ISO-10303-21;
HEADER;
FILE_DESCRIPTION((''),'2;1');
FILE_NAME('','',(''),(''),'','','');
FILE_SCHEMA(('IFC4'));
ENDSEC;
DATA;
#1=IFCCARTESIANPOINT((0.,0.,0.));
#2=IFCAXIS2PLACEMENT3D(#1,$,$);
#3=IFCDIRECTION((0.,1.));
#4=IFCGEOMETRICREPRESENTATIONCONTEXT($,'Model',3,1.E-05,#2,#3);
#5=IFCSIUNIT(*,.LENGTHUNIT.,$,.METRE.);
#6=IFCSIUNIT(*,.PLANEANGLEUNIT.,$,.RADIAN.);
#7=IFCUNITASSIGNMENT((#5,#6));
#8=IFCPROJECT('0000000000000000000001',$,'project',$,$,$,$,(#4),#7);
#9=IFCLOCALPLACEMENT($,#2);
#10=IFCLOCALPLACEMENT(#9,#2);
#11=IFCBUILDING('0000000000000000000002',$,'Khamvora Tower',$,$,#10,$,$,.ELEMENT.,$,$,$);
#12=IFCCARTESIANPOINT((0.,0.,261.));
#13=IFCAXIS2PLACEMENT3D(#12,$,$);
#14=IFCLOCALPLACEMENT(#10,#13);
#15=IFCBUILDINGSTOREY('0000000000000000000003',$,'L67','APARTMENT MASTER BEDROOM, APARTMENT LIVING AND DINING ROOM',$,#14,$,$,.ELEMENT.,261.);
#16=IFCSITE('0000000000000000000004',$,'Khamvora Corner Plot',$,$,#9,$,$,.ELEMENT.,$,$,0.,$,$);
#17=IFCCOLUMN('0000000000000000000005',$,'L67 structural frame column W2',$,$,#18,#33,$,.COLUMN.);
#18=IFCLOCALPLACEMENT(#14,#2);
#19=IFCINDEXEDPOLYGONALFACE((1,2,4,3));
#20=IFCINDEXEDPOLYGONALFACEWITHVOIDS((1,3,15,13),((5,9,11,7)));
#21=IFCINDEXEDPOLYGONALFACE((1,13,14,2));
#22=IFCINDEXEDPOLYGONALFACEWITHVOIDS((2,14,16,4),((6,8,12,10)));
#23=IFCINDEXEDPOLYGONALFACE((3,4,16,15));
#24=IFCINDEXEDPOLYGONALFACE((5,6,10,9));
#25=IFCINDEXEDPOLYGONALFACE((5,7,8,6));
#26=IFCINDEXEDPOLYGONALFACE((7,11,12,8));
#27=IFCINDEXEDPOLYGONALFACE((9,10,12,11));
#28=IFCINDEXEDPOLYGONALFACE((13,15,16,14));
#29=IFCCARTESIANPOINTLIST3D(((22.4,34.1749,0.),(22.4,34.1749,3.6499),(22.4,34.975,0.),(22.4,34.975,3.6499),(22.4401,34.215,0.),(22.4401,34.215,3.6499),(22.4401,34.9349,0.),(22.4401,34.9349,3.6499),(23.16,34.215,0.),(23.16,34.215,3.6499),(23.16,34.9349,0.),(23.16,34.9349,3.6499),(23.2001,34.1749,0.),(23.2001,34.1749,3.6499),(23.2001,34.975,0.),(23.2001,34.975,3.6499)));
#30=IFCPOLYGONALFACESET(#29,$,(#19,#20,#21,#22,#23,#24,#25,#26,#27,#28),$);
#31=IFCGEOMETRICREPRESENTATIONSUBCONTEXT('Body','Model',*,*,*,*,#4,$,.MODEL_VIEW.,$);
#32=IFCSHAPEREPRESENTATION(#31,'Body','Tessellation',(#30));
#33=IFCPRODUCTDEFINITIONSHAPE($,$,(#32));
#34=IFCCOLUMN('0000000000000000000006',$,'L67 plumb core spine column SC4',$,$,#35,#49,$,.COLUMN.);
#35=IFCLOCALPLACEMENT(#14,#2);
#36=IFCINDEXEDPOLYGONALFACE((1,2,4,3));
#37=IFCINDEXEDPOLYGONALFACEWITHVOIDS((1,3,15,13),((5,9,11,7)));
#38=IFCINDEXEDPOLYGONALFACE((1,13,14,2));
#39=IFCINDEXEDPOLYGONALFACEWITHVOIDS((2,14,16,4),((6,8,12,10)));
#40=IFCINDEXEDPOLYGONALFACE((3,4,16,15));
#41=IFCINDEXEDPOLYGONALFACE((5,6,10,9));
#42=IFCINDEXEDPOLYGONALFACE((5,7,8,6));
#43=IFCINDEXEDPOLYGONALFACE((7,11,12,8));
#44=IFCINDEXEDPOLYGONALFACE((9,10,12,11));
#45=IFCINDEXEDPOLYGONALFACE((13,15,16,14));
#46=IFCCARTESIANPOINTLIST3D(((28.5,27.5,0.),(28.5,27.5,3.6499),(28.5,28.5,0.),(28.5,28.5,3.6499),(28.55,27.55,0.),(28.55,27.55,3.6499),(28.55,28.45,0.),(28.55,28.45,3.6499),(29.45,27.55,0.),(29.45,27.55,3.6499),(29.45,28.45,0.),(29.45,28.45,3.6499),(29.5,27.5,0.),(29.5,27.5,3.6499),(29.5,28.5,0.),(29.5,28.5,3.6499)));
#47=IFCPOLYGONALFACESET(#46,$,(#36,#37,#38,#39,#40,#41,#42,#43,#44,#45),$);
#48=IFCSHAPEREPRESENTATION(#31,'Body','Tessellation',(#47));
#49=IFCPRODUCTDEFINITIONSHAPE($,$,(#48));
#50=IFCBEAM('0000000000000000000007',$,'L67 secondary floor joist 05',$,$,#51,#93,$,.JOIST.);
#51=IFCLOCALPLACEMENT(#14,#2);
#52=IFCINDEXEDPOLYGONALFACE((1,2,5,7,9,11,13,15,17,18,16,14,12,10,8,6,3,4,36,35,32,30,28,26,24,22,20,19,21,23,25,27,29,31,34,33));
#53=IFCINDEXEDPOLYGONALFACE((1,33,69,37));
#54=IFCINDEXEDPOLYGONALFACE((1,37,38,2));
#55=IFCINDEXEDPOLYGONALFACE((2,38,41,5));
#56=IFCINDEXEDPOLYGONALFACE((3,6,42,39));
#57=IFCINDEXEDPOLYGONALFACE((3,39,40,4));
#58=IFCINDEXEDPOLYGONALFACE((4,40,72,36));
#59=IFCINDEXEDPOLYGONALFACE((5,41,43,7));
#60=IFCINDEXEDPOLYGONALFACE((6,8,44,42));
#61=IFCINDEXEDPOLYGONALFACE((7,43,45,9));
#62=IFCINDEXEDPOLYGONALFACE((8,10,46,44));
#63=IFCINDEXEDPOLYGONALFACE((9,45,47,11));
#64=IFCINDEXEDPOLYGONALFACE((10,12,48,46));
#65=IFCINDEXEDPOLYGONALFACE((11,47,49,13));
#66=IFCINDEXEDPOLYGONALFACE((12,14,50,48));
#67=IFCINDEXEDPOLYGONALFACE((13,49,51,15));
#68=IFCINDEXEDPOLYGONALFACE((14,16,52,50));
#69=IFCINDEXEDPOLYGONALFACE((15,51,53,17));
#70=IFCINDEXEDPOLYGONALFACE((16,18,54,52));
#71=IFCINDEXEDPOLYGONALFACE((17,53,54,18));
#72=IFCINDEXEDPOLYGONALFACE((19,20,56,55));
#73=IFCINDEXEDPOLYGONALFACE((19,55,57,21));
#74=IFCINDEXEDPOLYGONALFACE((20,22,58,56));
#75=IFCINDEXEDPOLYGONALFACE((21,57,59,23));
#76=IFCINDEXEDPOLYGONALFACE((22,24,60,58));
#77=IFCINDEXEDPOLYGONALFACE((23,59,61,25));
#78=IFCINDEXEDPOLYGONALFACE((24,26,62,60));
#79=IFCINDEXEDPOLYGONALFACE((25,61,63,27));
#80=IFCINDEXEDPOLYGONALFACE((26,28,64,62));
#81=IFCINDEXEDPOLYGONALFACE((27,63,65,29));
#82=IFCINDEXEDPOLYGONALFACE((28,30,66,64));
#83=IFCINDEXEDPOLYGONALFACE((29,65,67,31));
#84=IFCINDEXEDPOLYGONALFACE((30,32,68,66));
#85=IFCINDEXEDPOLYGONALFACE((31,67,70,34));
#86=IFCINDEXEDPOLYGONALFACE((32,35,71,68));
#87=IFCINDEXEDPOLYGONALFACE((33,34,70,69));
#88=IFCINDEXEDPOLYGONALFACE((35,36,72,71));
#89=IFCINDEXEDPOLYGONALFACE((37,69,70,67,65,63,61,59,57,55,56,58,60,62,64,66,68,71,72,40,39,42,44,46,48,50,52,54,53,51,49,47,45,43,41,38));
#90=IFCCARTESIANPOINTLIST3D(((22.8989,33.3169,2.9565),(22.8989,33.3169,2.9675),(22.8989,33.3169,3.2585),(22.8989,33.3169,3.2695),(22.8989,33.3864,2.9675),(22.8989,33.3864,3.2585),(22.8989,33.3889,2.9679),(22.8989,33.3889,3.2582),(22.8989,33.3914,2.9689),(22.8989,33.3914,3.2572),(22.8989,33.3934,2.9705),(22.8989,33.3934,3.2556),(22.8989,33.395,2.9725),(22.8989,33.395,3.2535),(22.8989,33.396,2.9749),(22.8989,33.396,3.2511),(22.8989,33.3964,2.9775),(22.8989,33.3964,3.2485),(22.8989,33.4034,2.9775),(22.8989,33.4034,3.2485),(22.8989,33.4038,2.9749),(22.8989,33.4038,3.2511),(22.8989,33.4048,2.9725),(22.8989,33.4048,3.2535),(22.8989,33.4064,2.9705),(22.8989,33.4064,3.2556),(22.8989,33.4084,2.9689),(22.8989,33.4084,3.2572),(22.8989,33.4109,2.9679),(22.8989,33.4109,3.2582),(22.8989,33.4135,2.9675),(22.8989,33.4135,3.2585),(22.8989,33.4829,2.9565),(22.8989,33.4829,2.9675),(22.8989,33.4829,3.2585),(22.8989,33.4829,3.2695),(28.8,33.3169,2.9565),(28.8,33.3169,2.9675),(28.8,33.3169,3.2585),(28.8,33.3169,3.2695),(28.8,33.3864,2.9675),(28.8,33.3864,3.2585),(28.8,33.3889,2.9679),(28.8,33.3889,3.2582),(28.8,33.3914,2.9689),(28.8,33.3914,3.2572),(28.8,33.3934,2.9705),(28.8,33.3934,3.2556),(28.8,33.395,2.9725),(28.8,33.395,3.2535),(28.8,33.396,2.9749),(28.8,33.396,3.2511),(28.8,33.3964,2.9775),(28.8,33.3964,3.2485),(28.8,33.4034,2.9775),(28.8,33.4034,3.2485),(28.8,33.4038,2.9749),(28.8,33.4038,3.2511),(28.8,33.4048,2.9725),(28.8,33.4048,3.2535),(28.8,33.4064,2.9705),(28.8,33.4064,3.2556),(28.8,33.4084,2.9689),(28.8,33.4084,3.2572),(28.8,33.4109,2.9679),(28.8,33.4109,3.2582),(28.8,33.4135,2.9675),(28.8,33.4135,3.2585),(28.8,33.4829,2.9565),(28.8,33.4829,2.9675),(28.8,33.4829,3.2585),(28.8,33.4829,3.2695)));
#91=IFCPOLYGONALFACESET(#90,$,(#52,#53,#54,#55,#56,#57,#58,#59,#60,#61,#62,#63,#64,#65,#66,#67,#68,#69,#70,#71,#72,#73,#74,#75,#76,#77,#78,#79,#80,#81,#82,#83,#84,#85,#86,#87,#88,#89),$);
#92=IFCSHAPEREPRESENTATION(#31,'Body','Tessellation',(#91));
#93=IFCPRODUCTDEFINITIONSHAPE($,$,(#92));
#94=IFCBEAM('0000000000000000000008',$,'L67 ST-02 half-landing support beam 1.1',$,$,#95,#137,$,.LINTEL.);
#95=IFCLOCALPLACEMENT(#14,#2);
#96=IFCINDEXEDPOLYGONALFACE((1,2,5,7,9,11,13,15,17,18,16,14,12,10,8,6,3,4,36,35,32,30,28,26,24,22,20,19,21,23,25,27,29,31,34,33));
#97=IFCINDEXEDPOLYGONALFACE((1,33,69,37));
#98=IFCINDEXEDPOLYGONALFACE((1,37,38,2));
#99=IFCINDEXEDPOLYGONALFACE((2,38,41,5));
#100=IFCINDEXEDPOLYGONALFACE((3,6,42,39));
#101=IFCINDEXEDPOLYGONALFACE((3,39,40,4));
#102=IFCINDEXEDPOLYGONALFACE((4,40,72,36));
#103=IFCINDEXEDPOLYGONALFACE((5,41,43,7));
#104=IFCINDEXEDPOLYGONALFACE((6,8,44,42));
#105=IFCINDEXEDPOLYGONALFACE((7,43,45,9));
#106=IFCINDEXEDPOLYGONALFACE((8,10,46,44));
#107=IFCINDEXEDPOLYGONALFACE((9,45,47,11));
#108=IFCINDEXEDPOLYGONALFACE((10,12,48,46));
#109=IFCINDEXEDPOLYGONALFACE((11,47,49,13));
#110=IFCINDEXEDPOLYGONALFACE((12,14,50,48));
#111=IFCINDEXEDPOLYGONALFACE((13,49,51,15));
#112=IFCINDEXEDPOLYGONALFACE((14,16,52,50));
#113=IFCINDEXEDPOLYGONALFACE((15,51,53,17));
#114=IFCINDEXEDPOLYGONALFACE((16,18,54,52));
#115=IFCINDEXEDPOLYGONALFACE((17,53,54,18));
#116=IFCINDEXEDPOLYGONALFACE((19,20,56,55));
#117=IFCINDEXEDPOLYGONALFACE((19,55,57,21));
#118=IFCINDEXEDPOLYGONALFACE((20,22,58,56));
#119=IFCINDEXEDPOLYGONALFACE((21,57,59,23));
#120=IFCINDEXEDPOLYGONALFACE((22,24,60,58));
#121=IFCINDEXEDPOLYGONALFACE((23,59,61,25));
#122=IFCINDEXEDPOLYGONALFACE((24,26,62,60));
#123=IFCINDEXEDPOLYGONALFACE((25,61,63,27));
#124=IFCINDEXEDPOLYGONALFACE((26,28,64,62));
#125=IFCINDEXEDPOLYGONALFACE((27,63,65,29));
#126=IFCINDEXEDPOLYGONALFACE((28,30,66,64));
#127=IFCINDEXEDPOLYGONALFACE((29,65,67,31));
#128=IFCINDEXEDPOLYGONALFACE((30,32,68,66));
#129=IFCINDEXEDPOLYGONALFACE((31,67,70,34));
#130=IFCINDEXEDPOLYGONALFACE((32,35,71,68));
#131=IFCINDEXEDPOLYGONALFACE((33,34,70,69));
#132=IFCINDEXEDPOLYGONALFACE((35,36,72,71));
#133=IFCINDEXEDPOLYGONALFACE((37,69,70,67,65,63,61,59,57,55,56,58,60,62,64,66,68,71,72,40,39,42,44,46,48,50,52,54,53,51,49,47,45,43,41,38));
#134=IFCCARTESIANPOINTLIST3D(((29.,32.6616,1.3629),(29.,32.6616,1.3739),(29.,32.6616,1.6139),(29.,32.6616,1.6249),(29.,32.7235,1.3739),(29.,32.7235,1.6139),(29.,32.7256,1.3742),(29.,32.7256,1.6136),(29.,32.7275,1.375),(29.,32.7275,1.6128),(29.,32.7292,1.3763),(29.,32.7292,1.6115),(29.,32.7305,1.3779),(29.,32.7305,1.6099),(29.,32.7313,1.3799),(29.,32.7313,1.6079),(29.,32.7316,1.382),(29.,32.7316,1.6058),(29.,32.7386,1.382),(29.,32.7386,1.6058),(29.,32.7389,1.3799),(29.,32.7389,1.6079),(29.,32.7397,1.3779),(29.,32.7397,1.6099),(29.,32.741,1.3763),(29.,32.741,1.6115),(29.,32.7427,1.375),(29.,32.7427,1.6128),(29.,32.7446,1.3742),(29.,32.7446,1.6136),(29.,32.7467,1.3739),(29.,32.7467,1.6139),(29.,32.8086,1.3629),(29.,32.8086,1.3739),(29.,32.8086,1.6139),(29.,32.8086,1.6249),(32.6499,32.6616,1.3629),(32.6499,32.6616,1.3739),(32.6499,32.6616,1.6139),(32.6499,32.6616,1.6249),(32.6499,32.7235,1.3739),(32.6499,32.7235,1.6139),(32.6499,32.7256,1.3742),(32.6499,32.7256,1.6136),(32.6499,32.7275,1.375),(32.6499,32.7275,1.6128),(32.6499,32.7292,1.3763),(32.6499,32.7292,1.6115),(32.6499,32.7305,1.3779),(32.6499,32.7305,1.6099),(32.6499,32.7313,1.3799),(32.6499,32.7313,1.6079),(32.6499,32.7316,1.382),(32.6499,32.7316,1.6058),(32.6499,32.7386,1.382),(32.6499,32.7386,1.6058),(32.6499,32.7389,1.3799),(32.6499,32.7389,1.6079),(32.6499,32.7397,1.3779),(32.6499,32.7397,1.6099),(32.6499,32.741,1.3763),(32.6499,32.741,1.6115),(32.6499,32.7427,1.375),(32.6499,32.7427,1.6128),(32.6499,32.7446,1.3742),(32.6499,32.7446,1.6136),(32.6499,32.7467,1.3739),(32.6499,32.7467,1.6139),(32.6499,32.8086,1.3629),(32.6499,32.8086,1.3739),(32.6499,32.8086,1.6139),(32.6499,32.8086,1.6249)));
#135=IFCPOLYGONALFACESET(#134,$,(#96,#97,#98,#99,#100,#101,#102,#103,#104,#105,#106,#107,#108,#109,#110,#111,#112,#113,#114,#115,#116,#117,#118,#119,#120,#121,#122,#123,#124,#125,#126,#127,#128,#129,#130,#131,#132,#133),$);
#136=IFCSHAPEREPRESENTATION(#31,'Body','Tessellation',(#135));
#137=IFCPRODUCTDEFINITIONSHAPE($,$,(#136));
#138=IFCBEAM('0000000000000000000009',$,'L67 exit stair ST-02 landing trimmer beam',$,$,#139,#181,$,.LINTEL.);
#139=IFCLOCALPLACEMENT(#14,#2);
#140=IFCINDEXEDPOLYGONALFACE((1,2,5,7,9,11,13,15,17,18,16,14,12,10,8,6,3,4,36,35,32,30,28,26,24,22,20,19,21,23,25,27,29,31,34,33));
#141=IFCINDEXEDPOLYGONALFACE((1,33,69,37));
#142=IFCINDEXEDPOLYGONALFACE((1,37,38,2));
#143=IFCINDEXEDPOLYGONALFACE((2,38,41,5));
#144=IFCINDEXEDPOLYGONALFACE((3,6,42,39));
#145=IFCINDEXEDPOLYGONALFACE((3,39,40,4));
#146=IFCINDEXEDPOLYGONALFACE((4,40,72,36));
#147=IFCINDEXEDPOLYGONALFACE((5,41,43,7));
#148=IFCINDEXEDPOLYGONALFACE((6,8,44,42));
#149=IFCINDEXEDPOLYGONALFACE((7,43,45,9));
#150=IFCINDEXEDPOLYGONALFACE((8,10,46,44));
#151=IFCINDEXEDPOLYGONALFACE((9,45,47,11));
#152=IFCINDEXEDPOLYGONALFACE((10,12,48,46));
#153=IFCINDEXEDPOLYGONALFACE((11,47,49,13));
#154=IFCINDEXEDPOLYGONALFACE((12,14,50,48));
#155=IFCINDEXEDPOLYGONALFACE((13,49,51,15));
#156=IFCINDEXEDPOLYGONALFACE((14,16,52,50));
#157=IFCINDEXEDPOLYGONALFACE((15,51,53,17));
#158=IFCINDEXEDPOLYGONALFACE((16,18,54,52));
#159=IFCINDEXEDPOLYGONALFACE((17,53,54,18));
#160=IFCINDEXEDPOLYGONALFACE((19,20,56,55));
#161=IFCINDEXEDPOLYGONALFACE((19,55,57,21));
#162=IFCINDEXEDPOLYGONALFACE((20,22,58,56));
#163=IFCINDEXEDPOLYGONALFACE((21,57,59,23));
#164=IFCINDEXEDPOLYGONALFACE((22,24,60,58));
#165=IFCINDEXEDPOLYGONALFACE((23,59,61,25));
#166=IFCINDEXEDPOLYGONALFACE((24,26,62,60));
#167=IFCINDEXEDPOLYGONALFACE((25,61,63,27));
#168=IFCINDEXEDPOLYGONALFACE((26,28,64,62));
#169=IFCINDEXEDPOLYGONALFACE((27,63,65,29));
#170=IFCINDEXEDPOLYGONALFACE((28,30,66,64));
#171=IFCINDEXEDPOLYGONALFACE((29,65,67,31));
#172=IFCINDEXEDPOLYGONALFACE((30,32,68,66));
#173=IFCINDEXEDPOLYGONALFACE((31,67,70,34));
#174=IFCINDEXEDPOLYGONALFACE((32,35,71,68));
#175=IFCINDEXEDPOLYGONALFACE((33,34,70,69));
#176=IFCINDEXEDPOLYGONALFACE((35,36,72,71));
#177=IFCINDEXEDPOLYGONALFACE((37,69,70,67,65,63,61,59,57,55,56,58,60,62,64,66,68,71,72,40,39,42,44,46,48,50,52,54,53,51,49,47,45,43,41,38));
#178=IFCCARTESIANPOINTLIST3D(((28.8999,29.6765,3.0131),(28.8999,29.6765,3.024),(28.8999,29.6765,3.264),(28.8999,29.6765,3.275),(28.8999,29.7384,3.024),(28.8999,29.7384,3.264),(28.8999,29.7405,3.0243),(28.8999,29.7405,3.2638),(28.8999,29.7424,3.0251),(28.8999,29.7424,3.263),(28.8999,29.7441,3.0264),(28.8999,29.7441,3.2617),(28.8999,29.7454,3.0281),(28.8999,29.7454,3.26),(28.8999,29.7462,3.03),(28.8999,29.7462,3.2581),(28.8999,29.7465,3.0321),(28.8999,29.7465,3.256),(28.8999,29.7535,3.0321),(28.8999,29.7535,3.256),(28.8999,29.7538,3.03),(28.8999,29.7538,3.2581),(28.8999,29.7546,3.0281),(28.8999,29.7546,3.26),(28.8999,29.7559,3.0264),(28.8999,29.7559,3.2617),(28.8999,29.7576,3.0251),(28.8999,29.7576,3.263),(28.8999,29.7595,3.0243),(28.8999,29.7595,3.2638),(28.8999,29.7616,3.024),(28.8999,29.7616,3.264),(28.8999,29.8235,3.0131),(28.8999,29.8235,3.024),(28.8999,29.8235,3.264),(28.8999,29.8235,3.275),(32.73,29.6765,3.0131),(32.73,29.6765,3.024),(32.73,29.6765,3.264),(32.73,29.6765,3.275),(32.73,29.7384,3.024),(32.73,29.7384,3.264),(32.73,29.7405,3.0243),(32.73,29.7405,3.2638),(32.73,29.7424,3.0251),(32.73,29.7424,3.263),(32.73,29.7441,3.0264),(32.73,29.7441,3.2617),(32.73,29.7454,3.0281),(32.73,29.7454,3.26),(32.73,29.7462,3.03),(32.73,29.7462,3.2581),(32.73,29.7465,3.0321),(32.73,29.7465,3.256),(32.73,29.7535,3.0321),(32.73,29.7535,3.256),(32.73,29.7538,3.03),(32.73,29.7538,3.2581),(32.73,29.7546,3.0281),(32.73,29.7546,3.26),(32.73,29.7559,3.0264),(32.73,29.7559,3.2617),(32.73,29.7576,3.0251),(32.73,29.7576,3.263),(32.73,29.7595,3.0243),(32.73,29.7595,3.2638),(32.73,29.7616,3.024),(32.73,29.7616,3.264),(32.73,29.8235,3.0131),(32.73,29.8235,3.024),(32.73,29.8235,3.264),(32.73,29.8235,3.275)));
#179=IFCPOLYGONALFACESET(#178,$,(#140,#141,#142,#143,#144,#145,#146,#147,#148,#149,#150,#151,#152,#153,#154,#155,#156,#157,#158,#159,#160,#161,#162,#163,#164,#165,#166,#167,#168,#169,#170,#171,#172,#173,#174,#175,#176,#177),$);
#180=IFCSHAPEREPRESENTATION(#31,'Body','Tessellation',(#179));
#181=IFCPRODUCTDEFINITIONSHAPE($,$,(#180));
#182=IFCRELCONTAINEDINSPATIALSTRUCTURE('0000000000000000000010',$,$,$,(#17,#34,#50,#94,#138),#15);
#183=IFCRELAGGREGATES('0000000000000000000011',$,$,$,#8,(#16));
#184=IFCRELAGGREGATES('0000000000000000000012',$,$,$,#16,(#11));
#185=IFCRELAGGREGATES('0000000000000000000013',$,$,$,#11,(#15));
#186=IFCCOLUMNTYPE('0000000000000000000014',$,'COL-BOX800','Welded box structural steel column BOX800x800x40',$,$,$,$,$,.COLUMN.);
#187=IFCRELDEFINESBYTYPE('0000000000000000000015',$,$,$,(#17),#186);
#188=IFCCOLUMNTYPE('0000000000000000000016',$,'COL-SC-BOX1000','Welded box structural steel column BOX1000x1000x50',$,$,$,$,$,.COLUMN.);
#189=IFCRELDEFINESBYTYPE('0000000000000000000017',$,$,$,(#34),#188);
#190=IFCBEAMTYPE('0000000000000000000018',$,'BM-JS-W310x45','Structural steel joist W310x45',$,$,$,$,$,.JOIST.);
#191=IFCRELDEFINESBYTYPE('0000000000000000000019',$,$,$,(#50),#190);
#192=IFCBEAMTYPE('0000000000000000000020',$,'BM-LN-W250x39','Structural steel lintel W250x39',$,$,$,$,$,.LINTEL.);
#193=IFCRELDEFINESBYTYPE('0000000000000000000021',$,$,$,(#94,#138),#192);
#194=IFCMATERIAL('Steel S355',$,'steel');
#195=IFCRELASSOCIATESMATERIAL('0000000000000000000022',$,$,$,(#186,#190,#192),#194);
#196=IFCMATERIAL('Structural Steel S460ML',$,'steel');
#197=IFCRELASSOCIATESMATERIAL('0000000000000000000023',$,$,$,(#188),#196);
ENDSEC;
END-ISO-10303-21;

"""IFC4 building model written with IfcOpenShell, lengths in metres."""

from ifc_helpers import new_model, si_unit, direction, frame, origin, origin_2d, place, context, subcontext, project, spatial, hollow_rectangle, i_section, extrude, material, material_profile, profile_set, type_object, element, save


model = new_model("IFC4")

# Units and contexts
model_context = context("Model", 3, precision=1e-05, world=origin(), true_north=direction((0.0, 1.0)))
body_context = subcontext(model_context, "Body", "Model", "MODEL_VIEW")
ifc_project = project(units=[si_unit("LENGTHUNIT", "METRE"), si_unit("PLANEANGLEUNIT", "RADIAN")], contexts=[model_context])

# Site, building, storey
site_placement = place(None, origin())
site = spatial("IfcSite", under=ifc_project, at=site_placement, Name="Khamvora Corner Plot", CompositionType="ELEMENT", RefElevation=0.0)
building_placement = place(site_placement, origin())
building = spatial("IfcBuilding", under=site, at=building_placement, Name="Khamvora Tower", CompositionType="ELEMENT")
storey_placement = place(building_placement, frame((0.0, 0.0, 261.0)))
storey = spatial("IfcBuildingStorey", under=building, at=storey_placement, Name="L67", Description="APARTMENT MASTER BEDROOM, APARTMENT LIVING AND DINING ROOM", CompositionType="ELEMENT", Elevation=261.0)

# Columns
ifc_material_1 = material(Name="Steel S355", Category="steel")
ifc_material_profile_1 = material_profile(ifc_material_1, hollow_rectangle(XDim=0.8, YDim=0.8, WallThickness=0.04, at=origin_2d()), Name="BOX800x800x40")
ifc_profile_set_1 = profile_set([ifc_material_profile_1], Name="Steel S355")
column_type_1 = type_object("IfcColumnType", Name="COL-BOX800", Description="Welded box structural steel column BOX800x800x40", PredefinedType="COLUMN", material=ifc_profile_set_1)
column_1_placement = place(storey_placement, frame((22.8, 34.575, 0.0), z_axis=(0.0, 0.0, 1.0), x_axis=(1.0, 0.0, 0.0)))
element("IfcColumn", 1, at=column_1_placement, inside=storey, type_object=column_type_1, Name="L67 structural frame column W2", PredefinedType="COLUMN", context=body_context, shape_type="SweptSolid", body=[
    extrude(hollow_rectangle(XDim=0.8, YDim=0.8, WallThickness=0.04, at=origin_2d()), origin(), (0.0, 0.0, 1.0), 3.6499),
])
ifc_material_2 = material(Name="Structural Steel S460ML", Category="steel")
ifc_material_profile_2 = material_profile(ifc_material_2, hollow_rectangle(XDim=1.0, YDim=1.0, WallThickness=0.05, at=origin_2d()), Name="BOX1000x1000x50")
ifc_profile_set_2 = profile_set([ifc_material_profile_2], Name="Structural Steel S460ML")
column_type_2 = type_object("IfcColumnType", Name="COL-SC-BOX1000", Description="Welded box structural steel column BOX1000x1000x50", PredefinedType="COLUMN", material=ifc_profile_set_2)
column_2_placement = place(storey_placement, frame((29.0, 28.0, 0.0), z_axis=(0.0, 0.0, 1.0), x_axis=(1.0, 0.0, 0.0)))
element("IfcColumn", 2, at=column_2_placement, inside=storey, type_object=column_type_2, Name="L67 plumb core spine column SC4", PredefinedType="COLUMN", context=body_context, shape_type="SweptSolid", body=[
    extrude(hollow_rectangle(XDim=1.0, YDim=1.0, WallThickness=0.05, at=origin_2d()), origin(), (0.0, 0.0, 1.0), 3.6499),
])

# Beams
ifc_material_profile_3 = material_profile(ifc_material_1, i_section(OverallWidth=0.166, OverallDepth=0.313, WebThickness=0.0071, FlangeThickness=0.011, FilletRadius=0.01, at=origin_2d()), Name="W310x45")
ifc_profile_set_3 = profile_set([ifc_material_profile_3], Name="Steel S355")
beam_type_1 = type_object("IfcBeamType", Name="BM-JS-W310x45", Description="Structural steel joist W310x45", PredefinedType="JOIST", material=ifc_profile_set_3)
beam_1_placement = place(storey_placement, frame((22.8989, 33.3999, 3.113), z_axis=(1.0, 0.0, 0.0), x_axis=(0.0, 1.0, 0.0)))
element("IfcBeam", 3, at=beam_1_placement, inside=storey, type_object=beam_type_1, Name="L67 secondary floor joist 05", PredefinedType="JOIST", context=body_context, shape_type="SweptSolid", body=[
    extrude(i_section(OverallWidth=0.166, OverallDepth=0.313, WebThickness=0.0071, FlangeThickness=0.011, FilletRadius=0.01, at=origin_2d()), origin(), (0.0, 0.0, 1.0), 5.9011),
])
ifc_material_profile_4 = material_profile(ifc_material_1, i_section(OverallWidth=0.147, OverallDepth=0.262, WebThickness=0.0071, FlangeThickness=0.011, FilletRadius=0.0081, at=origin_2d()), Name="W250x39")
ifc_profile_set_4 = profile_set([ifc_material_profile_4], Name="Steel S355")
beam_type_2 = type_object("IfcBeamType", Name="BM-LN-W250x39", Description="Structural steel lintel W250x39", PredefinedType="LINTEL", material=ifc_profile_set_4)
beam_2_placement = place(storey_placement, frame((29.0, 32.7351, 1.4939), z_axis=(1.0, 0.0, 0.0), x_axis=(0.0, 1.0, 0.0)))
element("IfcBeam", 4, at=beam_2_placement, inside=storey, type_object=beam_type_2, Name="L67 ST-02 half-landing support beam 1.1", PredefinedType="LINTEL", context=body_context, shape_type="SweptSolid", body=[
    extrude(i_section(OverallWidth=0.147, OverallDepth=0.262, WebThickness=0.0071, FlangeThickness=0.011, FilletRadius=0.0081, at=origin_2d()), origin(), (0.0, 0.0, 1.0), 3.6499),
])
beam_3_placement = place(storey_placement, frame((28.8999, 29.75, 3.144), z_axis=(1.0, 0.0, 0.0), x_axis=(0.0, 1.0, 0.0)))
element("IfcBeam", 5, at=beam_3_placement, inside=storey, type_object=beam_type_2, Name="L67 exit stair ST-02 landing trimmer beam", PredefinedType="LINTEL", context=body_context, shape_type="SweptSolid", body=[
    extrude(i_section(OverallWidth=0.147, OverallDepth=0.262, WebThickness=0.0071, FlangeThickness=0.011, FilletRadius=0.0081, at=origin_2d()), origin(), (0.0, 0.0, 1.0), 3.8301),
])

save(model, "model.ifc")
